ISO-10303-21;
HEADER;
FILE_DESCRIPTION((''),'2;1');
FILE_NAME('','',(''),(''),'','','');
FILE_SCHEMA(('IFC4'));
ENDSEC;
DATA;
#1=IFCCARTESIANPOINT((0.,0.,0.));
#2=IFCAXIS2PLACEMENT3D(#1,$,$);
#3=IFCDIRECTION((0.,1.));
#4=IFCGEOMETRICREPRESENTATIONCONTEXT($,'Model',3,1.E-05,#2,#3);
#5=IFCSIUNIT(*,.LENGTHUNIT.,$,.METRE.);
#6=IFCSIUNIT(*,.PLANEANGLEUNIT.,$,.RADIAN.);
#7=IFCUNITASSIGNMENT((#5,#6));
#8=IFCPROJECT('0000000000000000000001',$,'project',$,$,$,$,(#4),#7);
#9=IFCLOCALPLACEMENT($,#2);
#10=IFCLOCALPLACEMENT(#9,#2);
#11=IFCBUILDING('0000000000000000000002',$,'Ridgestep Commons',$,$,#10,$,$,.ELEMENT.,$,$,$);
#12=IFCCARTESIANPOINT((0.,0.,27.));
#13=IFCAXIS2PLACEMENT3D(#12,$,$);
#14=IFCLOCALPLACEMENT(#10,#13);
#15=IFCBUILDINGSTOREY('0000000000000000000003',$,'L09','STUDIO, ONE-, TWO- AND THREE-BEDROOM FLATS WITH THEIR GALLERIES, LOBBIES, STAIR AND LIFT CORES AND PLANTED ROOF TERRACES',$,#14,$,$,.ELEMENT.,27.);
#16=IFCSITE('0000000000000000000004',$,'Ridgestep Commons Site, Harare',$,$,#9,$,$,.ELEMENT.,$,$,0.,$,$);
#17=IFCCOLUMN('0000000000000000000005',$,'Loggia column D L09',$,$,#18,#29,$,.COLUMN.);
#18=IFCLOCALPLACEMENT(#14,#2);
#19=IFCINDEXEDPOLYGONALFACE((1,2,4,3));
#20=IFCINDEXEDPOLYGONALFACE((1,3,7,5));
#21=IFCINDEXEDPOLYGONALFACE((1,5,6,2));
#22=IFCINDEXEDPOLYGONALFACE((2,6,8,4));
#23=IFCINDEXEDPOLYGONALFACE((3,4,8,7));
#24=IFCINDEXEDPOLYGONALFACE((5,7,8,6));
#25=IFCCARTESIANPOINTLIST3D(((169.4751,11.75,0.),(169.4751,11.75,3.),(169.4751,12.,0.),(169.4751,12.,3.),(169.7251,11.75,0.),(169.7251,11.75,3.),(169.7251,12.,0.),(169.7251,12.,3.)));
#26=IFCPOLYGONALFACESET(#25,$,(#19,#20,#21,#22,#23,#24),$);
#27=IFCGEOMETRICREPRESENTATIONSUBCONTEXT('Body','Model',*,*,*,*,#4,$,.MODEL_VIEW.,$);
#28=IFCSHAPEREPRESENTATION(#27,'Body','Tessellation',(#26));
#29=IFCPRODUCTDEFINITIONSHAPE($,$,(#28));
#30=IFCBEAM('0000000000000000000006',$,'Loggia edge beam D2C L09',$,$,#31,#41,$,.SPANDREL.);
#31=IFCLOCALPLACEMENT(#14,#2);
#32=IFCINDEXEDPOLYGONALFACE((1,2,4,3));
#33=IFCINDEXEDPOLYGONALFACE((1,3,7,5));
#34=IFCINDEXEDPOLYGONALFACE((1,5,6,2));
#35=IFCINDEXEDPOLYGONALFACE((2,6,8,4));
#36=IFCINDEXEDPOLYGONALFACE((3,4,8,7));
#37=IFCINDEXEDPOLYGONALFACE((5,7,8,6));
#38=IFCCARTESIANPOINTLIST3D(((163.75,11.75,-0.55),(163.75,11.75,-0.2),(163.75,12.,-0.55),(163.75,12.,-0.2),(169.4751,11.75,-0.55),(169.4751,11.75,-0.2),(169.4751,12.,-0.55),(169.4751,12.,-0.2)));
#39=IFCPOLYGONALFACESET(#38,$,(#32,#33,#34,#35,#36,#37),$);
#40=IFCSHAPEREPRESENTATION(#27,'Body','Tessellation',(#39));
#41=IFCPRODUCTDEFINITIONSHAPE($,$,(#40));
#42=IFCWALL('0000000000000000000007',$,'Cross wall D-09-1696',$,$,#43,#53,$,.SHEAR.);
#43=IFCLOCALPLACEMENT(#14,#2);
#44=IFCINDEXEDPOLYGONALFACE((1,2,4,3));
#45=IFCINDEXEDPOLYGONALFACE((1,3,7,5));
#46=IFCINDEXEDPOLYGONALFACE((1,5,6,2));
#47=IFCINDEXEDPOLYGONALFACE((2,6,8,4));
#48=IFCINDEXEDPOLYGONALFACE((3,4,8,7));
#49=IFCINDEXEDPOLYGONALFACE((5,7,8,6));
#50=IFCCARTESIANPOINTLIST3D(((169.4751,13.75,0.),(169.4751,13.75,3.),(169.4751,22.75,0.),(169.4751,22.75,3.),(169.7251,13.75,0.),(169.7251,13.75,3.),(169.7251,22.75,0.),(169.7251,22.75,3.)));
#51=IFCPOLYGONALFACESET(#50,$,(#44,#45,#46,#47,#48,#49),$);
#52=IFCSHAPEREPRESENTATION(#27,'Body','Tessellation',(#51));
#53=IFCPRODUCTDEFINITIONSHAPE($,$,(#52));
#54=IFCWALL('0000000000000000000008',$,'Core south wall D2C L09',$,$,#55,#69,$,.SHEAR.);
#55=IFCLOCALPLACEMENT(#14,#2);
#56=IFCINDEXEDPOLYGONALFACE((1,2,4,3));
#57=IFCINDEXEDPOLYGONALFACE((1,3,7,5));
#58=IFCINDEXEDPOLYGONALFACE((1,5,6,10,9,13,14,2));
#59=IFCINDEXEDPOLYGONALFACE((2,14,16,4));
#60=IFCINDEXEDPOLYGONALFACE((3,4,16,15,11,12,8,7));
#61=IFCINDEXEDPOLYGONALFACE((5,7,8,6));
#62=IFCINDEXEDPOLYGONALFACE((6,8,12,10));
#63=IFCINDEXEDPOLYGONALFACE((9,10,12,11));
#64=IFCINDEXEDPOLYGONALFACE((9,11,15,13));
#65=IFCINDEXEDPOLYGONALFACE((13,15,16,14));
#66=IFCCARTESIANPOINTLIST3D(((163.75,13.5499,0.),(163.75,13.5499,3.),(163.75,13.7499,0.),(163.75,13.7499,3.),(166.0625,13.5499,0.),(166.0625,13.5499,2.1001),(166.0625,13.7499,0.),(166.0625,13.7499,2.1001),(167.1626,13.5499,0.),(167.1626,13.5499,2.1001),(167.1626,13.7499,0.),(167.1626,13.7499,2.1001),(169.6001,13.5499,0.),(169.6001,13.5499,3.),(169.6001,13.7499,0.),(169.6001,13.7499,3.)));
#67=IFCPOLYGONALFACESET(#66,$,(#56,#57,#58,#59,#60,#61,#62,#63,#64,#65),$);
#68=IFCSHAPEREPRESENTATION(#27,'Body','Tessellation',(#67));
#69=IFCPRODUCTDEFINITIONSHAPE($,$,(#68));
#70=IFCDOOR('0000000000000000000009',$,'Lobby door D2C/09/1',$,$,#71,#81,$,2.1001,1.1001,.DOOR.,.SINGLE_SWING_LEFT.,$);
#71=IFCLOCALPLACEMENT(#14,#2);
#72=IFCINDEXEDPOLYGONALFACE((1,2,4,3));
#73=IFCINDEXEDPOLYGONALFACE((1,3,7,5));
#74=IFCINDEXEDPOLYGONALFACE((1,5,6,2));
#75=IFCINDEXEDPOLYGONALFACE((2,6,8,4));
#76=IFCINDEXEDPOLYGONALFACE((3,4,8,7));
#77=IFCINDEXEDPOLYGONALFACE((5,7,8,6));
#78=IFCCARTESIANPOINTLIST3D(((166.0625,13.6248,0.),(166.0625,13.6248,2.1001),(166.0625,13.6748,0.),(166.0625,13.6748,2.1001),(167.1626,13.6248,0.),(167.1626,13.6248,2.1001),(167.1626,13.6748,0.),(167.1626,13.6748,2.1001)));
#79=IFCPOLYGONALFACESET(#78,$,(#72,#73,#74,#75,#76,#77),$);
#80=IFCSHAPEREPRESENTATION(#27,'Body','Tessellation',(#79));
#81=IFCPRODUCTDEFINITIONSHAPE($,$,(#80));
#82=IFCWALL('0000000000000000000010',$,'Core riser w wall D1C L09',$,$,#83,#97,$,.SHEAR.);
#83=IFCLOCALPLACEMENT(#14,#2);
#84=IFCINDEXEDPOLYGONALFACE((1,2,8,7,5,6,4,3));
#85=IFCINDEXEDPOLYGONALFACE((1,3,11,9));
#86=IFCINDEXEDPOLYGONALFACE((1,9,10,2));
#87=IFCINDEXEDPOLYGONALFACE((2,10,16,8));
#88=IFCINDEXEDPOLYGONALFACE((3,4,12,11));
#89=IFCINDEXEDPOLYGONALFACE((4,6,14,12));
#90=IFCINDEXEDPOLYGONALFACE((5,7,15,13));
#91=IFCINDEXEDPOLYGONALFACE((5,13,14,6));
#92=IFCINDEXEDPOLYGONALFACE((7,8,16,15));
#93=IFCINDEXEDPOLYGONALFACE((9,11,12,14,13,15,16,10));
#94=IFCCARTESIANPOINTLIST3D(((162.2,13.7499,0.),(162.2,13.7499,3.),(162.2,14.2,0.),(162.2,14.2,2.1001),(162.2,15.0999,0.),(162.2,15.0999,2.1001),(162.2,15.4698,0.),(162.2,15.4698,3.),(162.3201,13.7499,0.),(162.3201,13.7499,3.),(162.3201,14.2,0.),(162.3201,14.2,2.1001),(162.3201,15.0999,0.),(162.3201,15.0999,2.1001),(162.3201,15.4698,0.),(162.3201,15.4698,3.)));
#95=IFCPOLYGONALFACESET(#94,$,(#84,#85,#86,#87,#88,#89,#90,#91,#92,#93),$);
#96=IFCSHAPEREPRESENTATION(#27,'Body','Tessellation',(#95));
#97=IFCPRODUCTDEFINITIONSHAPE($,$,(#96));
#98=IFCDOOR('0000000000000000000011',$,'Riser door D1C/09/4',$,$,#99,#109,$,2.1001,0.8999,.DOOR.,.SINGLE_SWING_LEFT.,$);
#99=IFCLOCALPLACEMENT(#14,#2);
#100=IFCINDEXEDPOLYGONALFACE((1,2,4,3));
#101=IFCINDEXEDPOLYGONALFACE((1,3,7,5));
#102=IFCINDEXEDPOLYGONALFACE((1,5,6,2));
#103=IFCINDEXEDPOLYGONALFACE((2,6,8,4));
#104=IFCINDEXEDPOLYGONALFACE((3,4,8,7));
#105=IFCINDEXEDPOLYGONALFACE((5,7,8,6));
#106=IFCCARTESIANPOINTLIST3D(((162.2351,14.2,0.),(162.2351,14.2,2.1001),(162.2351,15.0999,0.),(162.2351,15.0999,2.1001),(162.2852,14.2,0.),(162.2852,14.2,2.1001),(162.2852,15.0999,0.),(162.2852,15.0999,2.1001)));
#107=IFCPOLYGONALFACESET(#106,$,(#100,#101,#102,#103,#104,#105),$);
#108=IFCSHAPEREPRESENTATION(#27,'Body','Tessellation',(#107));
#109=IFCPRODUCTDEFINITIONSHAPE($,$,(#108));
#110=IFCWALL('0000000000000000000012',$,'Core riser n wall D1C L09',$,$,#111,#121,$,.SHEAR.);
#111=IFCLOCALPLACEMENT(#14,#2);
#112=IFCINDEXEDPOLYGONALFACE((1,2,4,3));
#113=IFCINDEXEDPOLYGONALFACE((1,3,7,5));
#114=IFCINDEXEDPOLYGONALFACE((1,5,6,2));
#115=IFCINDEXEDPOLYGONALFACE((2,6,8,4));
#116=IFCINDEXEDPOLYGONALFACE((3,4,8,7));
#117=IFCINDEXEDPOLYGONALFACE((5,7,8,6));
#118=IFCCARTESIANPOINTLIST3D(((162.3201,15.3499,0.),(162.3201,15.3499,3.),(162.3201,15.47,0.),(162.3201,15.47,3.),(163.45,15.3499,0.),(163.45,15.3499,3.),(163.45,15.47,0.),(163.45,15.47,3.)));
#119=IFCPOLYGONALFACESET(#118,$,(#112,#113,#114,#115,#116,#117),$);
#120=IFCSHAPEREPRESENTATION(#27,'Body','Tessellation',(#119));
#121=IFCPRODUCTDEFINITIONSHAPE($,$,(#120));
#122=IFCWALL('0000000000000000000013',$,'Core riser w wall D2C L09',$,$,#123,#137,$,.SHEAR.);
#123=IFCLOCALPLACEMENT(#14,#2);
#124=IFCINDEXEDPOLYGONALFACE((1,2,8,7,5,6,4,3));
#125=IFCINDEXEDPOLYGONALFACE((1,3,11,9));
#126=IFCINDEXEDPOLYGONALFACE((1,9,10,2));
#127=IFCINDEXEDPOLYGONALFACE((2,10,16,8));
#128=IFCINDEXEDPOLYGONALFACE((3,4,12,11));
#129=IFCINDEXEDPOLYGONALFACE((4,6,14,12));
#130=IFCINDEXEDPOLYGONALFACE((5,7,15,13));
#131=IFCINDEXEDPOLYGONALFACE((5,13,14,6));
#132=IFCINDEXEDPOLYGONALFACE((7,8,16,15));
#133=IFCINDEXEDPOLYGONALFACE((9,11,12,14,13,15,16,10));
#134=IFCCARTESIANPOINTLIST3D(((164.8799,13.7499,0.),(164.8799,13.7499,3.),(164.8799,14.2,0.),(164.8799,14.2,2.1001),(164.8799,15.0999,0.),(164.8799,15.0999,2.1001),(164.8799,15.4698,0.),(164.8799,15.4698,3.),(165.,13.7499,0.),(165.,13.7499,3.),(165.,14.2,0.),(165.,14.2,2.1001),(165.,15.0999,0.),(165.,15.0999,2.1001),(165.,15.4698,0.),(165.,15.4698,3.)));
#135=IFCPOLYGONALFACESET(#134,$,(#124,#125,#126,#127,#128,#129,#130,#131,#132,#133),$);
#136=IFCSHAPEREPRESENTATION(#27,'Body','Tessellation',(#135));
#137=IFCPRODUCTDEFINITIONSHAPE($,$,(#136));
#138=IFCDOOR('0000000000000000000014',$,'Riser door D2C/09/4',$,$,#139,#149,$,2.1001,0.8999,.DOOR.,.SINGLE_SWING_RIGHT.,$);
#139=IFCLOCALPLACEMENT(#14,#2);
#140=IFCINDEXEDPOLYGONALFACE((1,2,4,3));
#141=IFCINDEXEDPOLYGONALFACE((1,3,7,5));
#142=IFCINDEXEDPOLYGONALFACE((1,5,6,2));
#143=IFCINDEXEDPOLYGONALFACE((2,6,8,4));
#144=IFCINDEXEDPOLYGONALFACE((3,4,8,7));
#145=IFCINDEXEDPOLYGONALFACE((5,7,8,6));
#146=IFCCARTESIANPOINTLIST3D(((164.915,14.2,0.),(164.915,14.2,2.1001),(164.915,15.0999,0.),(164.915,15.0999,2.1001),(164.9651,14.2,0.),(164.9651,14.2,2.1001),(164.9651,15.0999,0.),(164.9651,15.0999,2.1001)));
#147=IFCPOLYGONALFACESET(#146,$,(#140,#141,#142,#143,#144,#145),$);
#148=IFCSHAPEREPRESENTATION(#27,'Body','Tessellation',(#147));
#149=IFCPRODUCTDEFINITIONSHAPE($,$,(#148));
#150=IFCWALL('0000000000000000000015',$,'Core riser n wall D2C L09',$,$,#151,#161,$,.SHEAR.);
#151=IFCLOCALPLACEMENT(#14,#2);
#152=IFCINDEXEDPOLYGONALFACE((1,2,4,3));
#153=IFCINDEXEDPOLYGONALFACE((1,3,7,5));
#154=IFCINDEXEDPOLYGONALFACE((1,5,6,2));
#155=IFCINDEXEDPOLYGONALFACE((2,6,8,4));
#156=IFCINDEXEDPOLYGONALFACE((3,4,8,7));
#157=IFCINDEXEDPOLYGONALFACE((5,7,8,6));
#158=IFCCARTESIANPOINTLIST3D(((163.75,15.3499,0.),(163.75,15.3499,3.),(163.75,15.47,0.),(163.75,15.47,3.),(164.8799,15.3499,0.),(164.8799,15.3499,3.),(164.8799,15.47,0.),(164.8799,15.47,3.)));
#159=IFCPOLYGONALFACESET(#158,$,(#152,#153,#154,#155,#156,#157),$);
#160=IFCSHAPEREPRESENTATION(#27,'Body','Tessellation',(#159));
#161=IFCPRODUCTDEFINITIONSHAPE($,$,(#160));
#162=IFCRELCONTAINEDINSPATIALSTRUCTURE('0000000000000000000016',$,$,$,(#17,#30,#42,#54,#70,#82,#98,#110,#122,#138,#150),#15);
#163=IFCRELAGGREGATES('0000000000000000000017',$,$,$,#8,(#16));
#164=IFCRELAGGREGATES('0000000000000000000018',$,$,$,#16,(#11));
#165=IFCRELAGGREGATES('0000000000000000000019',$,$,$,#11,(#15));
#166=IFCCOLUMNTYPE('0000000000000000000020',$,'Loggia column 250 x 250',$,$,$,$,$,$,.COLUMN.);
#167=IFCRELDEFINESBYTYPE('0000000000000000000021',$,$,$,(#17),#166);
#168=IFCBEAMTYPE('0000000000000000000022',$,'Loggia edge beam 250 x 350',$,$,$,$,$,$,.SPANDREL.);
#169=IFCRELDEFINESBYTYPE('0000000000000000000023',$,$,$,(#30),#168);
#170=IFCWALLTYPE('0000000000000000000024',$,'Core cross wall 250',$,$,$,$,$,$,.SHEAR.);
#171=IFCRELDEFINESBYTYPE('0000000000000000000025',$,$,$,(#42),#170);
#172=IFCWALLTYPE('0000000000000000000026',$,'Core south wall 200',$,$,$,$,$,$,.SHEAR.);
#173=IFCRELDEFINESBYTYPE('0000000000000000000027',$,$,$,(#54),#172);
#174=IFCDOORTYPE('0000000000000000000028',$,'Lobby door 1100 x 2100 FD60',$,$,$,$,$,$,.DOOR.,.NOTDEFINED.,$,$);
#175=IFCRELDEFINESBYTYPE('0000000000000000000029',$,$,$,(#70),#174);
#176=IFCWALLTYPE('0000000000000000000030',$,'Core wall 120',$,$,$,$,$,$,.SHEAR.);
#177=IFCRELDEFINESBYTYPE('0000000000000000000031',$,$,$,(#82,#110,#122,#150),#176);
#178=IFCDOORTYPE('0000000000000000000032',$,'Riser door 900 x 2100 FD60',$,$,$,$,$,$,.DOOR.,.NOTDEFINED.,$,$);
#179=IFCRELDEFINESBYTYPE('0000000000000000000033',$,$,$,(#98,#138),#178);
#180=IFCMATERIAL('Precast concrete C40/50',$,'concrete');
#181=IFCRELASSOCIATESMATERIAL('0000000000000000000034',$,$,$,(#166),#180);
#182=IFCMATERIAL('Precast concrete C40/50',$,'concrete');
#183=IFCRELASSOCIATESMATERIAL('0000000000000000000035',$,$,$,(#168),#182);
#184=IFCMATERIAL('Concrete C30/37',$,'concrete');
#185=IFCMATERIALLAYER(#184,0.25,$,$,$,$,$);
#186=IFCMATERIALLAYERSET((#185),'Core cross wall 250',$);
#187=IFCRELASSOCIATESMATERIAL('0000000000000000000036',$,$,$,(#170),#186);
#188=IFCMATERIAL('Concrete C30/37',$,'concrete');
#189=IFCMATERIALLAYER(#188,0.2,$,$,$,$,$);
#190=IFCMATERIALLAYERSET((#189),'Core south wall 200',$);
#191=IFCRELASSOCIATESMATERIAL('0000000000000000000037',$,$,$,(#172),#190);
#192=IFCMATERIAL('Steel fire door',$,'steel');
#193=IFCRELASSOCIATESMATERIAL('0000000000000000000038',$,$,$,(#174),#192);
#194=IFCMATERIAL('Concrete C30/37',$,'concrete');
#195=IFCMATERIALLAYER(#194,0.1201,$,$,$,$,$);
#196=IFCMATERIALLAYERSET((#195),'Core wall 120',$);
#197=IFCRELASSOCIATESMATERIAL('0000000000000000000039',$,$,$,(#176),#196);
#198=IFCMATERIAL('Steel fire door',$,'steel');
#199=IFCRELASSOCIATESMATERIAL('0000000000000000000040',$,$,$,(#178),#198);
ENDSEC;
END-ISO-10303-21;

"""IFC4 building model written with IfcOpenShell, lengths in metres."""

from ifc_helpers import new_model, si_unit, direction, frame, frame_2d, origin, origin_2d, place, context, subcontext, project, spatial, rectangle, extrude, material, layer, layer_set, material_profile, profile_set, type_object, element, fill, save


model = new_model("IFC4")

# Units and contexts
model_context = context("Model", 3, precision=1e-05, world=origin(), true_north=direction((0.0, 1.0)))
body_context = subcontext(model_context, "Body", "Model", "MODEL_VIEW")
ifc_project = project(units=[si_unit("LENGTHUNIT", "METRE"), si_unit("PLANEANGLEUNIT", "RADIAN")], contexts=[model_context])

# Site, building, storey
site_placement = place(None, origin())
site = spatial("IfcSite", under=ifc_project, at=site_placement, Name="Ridgestep Commons Site, Harare", CompositionType="ELEMENT", RefElevation=0.0)
building_placement = place(site_placement, origin())
building = spatial("IfcBuilding", under=site, at=building_placement, Name="Ridgestep Commons", CompositionType="ELEMENT")
storey_placement = place(building_placement, frame((0.0, 0.0, 27.0)))
storey = spatial("IfcBuildingStorey", under=building, at=storey_placement, Name="L09", Description="STUDIO, ONE-, TWO- AND THREE-BEDROOM FLATS WITH THEIR GALLERIES, LOBBIES, STAIR AND LIFT CORES AND PLANTED ROOF TERRACES", CompositionType="ELEMENT", Elevation=27.0)

# Column
ifc_material_1 = material(Name="Precast concrete C40/50", Category="concrete")
ifc_material_profile_1 = material_profile(ifc_material_1, rectangle(XDim=0.25, YDim=0.25, at=origin_2d()), Name="PC 250x250")
ifc_profile_set_1 = profile_set([ifc_material_profile_1], Name="Precast concrete C40/50")
column_type = type_object("IfcColumnType", Name="Loggia column 250 x 250", PredefinedType="COLUMN", material=ifc_profile_set_1)
column_placement = place(storey_placement, frame((169.6001, 11.875, 0.0), z_axis=(0.0, 0.0, 1.0), x_axis=(1.0, 0.0, 0.0)))
element("IfcColumn", 1, at=column_placement, inside=storey, type_object=column_type, Name="Loggia column D L09", PredefinedType="COLUMN", context=body_context, shape_type="SweptSolid", body=[
    extrude(rectangle(XDim=0.25, YDim=0.25, at=origin_2d()), origin(), (0.0, 0.0, 1.0), 3.0),
])

# Beam
ifc_material_2 = material(Name="Precast concrete C40/50", Category="concrete")
ifc_material_profile_2 = material_profile(ifc_material_2, rectangle(XDim=0.25, YDim=0.3501, at=origin_2d()), Name="PC 250x350")
ifc_profile_set_2 = profile_set([ifc_material_profile_2], Name="Precast concrete C40/50")
beam_type = type_object("IfcBeamType", Name="Loggia edge beam 250 x 350", PredefinedType="SPANDREL", material=ifc_profile_set_2)
beam_placement = place(storey_placement, frame((163.75, 11.875, -0.375), z_axis=(1.0, 0.0, 0.0), x_axis=(0.0, 1.0, 0.0)))
element("IfcBeam", 2, at=beam_placement, inside=storey, type_object=beam_type, Name="Loggia edge beam D2C L09", PredefinedType="SPANDREL", context=body_context, shape_type="SweptSolid", body=[
    extrude(rectangle(XDim=0.25, YDim=0.3501, at=origin_2d()), origin(), (0.0, 0.0, 1.0), 5.7251),
])

# Wall
ifc_material_3 = material(Name="Concrete C30/37", Category="concrete")
ifc_layer_1 = layer(ifc_material_3, 0.25)
ifc_layer_set_1 = layer_set([ifc_layer_1], Name="Core cross wall 250")
wall_type_1 = type_object("IfcWallType", Name="Core cross wall 250", PredefinedType="SHEAR", material=ifc_layer_set_1)
wall_1_placement = place(storey_placement, frame((169.6001, 13.75, 0.0), z_axis=(0.0, 0.0, 1.0), x_axis=(0.0, 1.0, 0.0)))
element("IfcWall", 3, at=wall_1_placement, inside=storey, type_object=wall_type_1, Name="Cross wall D-09-1696", PredefinedType="SHEAR", context=body_context, shape_type="SweptSolid", body=[
    extrude(rectangle(XDim=9.0, YDim=0.25, at=frame_2d((4.5, 0.0))), origin(), (0.0, 0.0, 1.0), 3.0),
])

# Walls, openings, doors
ifc_material_4 = material(Name="Concrete C30/37", Category="concrete")
ifc_layer_2 = layer(ifc_material_4, 0.2)
ifc_layer_set_2 = layer_set([ifc_layer_2], Name="Core south wall 200")
wall_type_2 = type_object("IfcWallType", Name="Core south wall 200", PredefinedType="SHEAR", material=ifc_layer_set_2)
wall_2_placement = place(storey_placement, frame((163.75, 13.6499, 0.0), z_axis=(0.0, 0.0, 1.0), x_axis=(1.0, 0.0, 0.0)))
wall_2 = element("IfcWall", 4, at=wall_2_placement, inside=storey, type_object=wall_type_2, Name="Core south wall D2C L09", PredefinedType="SHEAR", context=body_context, shape_type="SweptSolid", body=[
    extrude(rectangle(XDim=5.8501, YDim=0.2, at=frame_2d((2.925, 0.0))), origin(), (0.0, 0.0, 1.0), 3.0),
])
opening_1_placement = place(wall_2_placement, frame((2.3125, 0.0, 0.0)))
opening_1 = element("IfcOpeningElement", 5, at=opening_1_placement, cuts=wall_2, PredefinedType="OPENING", context=body_context, shape_type="SweptSolid", body=[
    extrude(rectangle(XDim=1.1001, YDim=2.1001, at=frame_2d((0.55, 1.05))), frame((0.0, 0.1099, 0.0), z_axis=(0.0, -1.0, 0.0), x_axis=(1.0, 0.0, 0.0)), (0.0, 0.0, 1.0), 0.22),
])
ifc_material_5 = material(Name="Steel fire door", Category="steel")
door_type_1 = type_object("IfcDoorType", Name="Lobby door 1100 x 2100 FD60", OperationType="NOTDEFINED", PredefinedType="DOOR", material=ifc_material_5)
door_1_placement = place(opening_1_placement, origin())
door_1 = element("IfcDoor", 6, at=door_1_placement, inside=storey, type_object=door_type_1, Name="Lobby door D2C/09/1", OperationType="SINGLE_SWING_LEFT", OverallHeight=2.1001, OverallWidth=1.1001, PredefinedType="DOOR", context=body_context, shape_type="SweptSolid", body=[
    extrude(rectangle(XDim=1.1001, YDim=2.1001, at=frame_2d((0.55, 1.05))), frame((0.0, 0.0249, 0.0), z_axis=(0.0, -1.0, 0.0), x_axis=(1.0, 0.0, 0.0)), (0.0, 0.0, 1.0), 0.05),
])
fill(opening_1, door_1)
ifc_material_6 = material(Name="Concrete C30/37", Category="concrete")
ifc_layer_3 = layer(ifc_material_6, 0.1201)
ifc_layer_set_3 = layer_set([ifc_layer_3], Name="Core wall 120")
wall_type_3 = type_object("IfcWallType", Name="Core wall 120", PredefinedType="SHEAR", material=ifc_layer_set_3)
wall_3_placement = place(storey_placement, frame((162.26, 13.75, 0.0), z_axis=(0.0, 0.0, 1.0), x_axis=(0.0, 1.0, 0.0)))
wall_3 = element("IfcWall", 7, at=wall_3_placement, inside=storey, type_object=wall_type_3, Name="Core riser w wall D1C L09", PredefinedType="SHEAR", context=body_context, shape_type="SweptSolid", body=[
    extrude(rectangle(XDim=1.72, YDim=0.1201, at=frame_2d((0.8599, 0.0))), origin(), (0.0, 0.0, 1.0), 3.0),
])
opening_2_placement = place(wall_3_placement, frame((0.45, 0.0, 0.0)))
opening_2 = element("IfcOpeningElement", 8, at=opening_2_placement, cuts=wall_3, PredefinedType="OPENING", context=body_context, shape_type="SweptSolid", body=[
    extrude(rectangle(XDim=0.8999, YDim=2.1001, at=frame_2d((0.45, 1.05))), frame((0.0, 0.0701, 0.0), z_axis=(0.0, -1.0, 0.0), x_axis=(1.0, 0.0, 0.0)), (0.0, 0.0, 1.0), 0.1401),
])
ifc_material_7 = material(Name="Steel fire door", Category="steel")
door_type_2 = type_object("IfcDoorType", Name="Riser door 900 x 2100 FD60", OperationType="NOTDEFINED", PredefinedType="DOOR", material=ifc_material_7)
door_2_placement = place(opening_2_placement, origin())
door_2 = element("IfcDoor", 9, at=door_2_placement, inside=storey, type_object=door_type_2, Name="Riser door D1C/09/4", OperationType="SINGLE_SWING_LEFT", OverallHeight=2.1001, OverallWidth=0.8999, PredefinedType="DOOR", context=body_context, shape_type="SweptSolid", body=[
    extrude(rectangle(XDim=0.8999, YDim=2.1001, at=frame_2d((0.45, 1.05))), frame((0.0, 0.0249, 0.0), z_axis=(0.0, -1.0, 0.0), x_axis=(1.0, 0.0, 0.0)), (0.0, 0.0, 1.0), 0.05),
])
fill(opening_2, door_2)

# Wall
wall_4_placement = place(storey_placement, frame((162.3201, 15.4099, 0.0), z_axis=(0.0, 0.0, 1.0), x_axis=(1.0, 0.0, 0.0)))
element("IfcWall", 10, at=wall_4_placement, inside=storey, type_object=wall_type_3, Name="Core riser n wall D1C L09", PredefinedType="SHEAR", context=body_context, shape_type="SweptSolid", body=[
    extrude(rectangle(XDim=1.1299, YDim=0.1201, at=frame_2d((0.5649, 0.0))), origin(), (0.0, 0.0, 1.0), 3.0),
])

# Wall, opening, door
wall_5_placement = place(storey_placement, frame((164.9399, 13.75, 0.0), z_axis=(0.0, 0.0, 1.0), x_axis=(0.0, 1.0, 0.0)))
wall_5 = element("IfcWall", 11, at=wall_5_placement, inside=storey, type_object=wall_type_3, Name="Core riser w wall D2C L09", PredefinedType="SHEAR", context=body_context, shape_type="SweptSolid", body=[
    extrude(rectangle(XDim=1.72, YDim=0.1201, at=frame_2d((0.8599, 0.0))), origin(), (0.0, 0.0, 1.0), 3.0),
])
opening_3_placement = place(wall_5_placement, frame((0.45, 0.0, 0.0)))
opening_3 = element("IfcOpeningElement", 12, at=opening_3_placement, cuts=wall_5, PredefinedType="OPENING", context=body_context, shape_type="SweptSolid", body=[
    extrude(rectangle(XDim=0.8999, YDim=2.1001, at=frame_2d((0.45, 1.05))), frame((0.0, 0.0701, 0.0), z_axis=(0.0, -1.0, 0.0), x_axis=(1.0, 0.0, 0.0)), (0.0, 0.0, 1.0), 0.1401),
])
door_3_placement = place(opening_3_placement, origin())
door_3 = element("IfcDoor", 13, at=door_3_placement, inside=storey, type_object=door_type_2, Name="Riser door D2C/09/4", OperationType="SINGLE_SWING_RIGHT", OverallHeight=2.1001, OverallWidth=0.8999, PredefinedType="DOOR", context=body_context, shape_type="SweptSolid", body=[
    extrude(rectangle(XDim=0.8999, YDim=2.1001, at=frame_2d((0.45, 1.05))), frame((0.0, 0.0249, 0.0), z_axis=(0.0, -1.0, 0.0), x_axis=(1.0, 0.0, 0.0)), (0.0, 0.0, 1.0), 0.05),
])
fill(opening_3, door_3)

# Wall
wall_6_placement = place(storey_placement, frame((163.75, 15.4099, 0.0), z_axis=(0.0, 0.0, 1.0), x_axis=(1.0, 0.0, 0.0)))
element("IfcWall", 14, at=wall_6_placement, inside=storey, type_object=wall_type_3, Name="Core riser n wall D2C L09", PredefinedType="SHEAR", context=body_context, shape_type="SweptSolid", body=[
    extrude(rectangle(XDim=1.1299, YDim=0.1201, at=frame_2d((0.5649, 0.0))), origin(), (0.0, 0.0, 1.0), 3.0),
])

save(model, "model.ifc")
